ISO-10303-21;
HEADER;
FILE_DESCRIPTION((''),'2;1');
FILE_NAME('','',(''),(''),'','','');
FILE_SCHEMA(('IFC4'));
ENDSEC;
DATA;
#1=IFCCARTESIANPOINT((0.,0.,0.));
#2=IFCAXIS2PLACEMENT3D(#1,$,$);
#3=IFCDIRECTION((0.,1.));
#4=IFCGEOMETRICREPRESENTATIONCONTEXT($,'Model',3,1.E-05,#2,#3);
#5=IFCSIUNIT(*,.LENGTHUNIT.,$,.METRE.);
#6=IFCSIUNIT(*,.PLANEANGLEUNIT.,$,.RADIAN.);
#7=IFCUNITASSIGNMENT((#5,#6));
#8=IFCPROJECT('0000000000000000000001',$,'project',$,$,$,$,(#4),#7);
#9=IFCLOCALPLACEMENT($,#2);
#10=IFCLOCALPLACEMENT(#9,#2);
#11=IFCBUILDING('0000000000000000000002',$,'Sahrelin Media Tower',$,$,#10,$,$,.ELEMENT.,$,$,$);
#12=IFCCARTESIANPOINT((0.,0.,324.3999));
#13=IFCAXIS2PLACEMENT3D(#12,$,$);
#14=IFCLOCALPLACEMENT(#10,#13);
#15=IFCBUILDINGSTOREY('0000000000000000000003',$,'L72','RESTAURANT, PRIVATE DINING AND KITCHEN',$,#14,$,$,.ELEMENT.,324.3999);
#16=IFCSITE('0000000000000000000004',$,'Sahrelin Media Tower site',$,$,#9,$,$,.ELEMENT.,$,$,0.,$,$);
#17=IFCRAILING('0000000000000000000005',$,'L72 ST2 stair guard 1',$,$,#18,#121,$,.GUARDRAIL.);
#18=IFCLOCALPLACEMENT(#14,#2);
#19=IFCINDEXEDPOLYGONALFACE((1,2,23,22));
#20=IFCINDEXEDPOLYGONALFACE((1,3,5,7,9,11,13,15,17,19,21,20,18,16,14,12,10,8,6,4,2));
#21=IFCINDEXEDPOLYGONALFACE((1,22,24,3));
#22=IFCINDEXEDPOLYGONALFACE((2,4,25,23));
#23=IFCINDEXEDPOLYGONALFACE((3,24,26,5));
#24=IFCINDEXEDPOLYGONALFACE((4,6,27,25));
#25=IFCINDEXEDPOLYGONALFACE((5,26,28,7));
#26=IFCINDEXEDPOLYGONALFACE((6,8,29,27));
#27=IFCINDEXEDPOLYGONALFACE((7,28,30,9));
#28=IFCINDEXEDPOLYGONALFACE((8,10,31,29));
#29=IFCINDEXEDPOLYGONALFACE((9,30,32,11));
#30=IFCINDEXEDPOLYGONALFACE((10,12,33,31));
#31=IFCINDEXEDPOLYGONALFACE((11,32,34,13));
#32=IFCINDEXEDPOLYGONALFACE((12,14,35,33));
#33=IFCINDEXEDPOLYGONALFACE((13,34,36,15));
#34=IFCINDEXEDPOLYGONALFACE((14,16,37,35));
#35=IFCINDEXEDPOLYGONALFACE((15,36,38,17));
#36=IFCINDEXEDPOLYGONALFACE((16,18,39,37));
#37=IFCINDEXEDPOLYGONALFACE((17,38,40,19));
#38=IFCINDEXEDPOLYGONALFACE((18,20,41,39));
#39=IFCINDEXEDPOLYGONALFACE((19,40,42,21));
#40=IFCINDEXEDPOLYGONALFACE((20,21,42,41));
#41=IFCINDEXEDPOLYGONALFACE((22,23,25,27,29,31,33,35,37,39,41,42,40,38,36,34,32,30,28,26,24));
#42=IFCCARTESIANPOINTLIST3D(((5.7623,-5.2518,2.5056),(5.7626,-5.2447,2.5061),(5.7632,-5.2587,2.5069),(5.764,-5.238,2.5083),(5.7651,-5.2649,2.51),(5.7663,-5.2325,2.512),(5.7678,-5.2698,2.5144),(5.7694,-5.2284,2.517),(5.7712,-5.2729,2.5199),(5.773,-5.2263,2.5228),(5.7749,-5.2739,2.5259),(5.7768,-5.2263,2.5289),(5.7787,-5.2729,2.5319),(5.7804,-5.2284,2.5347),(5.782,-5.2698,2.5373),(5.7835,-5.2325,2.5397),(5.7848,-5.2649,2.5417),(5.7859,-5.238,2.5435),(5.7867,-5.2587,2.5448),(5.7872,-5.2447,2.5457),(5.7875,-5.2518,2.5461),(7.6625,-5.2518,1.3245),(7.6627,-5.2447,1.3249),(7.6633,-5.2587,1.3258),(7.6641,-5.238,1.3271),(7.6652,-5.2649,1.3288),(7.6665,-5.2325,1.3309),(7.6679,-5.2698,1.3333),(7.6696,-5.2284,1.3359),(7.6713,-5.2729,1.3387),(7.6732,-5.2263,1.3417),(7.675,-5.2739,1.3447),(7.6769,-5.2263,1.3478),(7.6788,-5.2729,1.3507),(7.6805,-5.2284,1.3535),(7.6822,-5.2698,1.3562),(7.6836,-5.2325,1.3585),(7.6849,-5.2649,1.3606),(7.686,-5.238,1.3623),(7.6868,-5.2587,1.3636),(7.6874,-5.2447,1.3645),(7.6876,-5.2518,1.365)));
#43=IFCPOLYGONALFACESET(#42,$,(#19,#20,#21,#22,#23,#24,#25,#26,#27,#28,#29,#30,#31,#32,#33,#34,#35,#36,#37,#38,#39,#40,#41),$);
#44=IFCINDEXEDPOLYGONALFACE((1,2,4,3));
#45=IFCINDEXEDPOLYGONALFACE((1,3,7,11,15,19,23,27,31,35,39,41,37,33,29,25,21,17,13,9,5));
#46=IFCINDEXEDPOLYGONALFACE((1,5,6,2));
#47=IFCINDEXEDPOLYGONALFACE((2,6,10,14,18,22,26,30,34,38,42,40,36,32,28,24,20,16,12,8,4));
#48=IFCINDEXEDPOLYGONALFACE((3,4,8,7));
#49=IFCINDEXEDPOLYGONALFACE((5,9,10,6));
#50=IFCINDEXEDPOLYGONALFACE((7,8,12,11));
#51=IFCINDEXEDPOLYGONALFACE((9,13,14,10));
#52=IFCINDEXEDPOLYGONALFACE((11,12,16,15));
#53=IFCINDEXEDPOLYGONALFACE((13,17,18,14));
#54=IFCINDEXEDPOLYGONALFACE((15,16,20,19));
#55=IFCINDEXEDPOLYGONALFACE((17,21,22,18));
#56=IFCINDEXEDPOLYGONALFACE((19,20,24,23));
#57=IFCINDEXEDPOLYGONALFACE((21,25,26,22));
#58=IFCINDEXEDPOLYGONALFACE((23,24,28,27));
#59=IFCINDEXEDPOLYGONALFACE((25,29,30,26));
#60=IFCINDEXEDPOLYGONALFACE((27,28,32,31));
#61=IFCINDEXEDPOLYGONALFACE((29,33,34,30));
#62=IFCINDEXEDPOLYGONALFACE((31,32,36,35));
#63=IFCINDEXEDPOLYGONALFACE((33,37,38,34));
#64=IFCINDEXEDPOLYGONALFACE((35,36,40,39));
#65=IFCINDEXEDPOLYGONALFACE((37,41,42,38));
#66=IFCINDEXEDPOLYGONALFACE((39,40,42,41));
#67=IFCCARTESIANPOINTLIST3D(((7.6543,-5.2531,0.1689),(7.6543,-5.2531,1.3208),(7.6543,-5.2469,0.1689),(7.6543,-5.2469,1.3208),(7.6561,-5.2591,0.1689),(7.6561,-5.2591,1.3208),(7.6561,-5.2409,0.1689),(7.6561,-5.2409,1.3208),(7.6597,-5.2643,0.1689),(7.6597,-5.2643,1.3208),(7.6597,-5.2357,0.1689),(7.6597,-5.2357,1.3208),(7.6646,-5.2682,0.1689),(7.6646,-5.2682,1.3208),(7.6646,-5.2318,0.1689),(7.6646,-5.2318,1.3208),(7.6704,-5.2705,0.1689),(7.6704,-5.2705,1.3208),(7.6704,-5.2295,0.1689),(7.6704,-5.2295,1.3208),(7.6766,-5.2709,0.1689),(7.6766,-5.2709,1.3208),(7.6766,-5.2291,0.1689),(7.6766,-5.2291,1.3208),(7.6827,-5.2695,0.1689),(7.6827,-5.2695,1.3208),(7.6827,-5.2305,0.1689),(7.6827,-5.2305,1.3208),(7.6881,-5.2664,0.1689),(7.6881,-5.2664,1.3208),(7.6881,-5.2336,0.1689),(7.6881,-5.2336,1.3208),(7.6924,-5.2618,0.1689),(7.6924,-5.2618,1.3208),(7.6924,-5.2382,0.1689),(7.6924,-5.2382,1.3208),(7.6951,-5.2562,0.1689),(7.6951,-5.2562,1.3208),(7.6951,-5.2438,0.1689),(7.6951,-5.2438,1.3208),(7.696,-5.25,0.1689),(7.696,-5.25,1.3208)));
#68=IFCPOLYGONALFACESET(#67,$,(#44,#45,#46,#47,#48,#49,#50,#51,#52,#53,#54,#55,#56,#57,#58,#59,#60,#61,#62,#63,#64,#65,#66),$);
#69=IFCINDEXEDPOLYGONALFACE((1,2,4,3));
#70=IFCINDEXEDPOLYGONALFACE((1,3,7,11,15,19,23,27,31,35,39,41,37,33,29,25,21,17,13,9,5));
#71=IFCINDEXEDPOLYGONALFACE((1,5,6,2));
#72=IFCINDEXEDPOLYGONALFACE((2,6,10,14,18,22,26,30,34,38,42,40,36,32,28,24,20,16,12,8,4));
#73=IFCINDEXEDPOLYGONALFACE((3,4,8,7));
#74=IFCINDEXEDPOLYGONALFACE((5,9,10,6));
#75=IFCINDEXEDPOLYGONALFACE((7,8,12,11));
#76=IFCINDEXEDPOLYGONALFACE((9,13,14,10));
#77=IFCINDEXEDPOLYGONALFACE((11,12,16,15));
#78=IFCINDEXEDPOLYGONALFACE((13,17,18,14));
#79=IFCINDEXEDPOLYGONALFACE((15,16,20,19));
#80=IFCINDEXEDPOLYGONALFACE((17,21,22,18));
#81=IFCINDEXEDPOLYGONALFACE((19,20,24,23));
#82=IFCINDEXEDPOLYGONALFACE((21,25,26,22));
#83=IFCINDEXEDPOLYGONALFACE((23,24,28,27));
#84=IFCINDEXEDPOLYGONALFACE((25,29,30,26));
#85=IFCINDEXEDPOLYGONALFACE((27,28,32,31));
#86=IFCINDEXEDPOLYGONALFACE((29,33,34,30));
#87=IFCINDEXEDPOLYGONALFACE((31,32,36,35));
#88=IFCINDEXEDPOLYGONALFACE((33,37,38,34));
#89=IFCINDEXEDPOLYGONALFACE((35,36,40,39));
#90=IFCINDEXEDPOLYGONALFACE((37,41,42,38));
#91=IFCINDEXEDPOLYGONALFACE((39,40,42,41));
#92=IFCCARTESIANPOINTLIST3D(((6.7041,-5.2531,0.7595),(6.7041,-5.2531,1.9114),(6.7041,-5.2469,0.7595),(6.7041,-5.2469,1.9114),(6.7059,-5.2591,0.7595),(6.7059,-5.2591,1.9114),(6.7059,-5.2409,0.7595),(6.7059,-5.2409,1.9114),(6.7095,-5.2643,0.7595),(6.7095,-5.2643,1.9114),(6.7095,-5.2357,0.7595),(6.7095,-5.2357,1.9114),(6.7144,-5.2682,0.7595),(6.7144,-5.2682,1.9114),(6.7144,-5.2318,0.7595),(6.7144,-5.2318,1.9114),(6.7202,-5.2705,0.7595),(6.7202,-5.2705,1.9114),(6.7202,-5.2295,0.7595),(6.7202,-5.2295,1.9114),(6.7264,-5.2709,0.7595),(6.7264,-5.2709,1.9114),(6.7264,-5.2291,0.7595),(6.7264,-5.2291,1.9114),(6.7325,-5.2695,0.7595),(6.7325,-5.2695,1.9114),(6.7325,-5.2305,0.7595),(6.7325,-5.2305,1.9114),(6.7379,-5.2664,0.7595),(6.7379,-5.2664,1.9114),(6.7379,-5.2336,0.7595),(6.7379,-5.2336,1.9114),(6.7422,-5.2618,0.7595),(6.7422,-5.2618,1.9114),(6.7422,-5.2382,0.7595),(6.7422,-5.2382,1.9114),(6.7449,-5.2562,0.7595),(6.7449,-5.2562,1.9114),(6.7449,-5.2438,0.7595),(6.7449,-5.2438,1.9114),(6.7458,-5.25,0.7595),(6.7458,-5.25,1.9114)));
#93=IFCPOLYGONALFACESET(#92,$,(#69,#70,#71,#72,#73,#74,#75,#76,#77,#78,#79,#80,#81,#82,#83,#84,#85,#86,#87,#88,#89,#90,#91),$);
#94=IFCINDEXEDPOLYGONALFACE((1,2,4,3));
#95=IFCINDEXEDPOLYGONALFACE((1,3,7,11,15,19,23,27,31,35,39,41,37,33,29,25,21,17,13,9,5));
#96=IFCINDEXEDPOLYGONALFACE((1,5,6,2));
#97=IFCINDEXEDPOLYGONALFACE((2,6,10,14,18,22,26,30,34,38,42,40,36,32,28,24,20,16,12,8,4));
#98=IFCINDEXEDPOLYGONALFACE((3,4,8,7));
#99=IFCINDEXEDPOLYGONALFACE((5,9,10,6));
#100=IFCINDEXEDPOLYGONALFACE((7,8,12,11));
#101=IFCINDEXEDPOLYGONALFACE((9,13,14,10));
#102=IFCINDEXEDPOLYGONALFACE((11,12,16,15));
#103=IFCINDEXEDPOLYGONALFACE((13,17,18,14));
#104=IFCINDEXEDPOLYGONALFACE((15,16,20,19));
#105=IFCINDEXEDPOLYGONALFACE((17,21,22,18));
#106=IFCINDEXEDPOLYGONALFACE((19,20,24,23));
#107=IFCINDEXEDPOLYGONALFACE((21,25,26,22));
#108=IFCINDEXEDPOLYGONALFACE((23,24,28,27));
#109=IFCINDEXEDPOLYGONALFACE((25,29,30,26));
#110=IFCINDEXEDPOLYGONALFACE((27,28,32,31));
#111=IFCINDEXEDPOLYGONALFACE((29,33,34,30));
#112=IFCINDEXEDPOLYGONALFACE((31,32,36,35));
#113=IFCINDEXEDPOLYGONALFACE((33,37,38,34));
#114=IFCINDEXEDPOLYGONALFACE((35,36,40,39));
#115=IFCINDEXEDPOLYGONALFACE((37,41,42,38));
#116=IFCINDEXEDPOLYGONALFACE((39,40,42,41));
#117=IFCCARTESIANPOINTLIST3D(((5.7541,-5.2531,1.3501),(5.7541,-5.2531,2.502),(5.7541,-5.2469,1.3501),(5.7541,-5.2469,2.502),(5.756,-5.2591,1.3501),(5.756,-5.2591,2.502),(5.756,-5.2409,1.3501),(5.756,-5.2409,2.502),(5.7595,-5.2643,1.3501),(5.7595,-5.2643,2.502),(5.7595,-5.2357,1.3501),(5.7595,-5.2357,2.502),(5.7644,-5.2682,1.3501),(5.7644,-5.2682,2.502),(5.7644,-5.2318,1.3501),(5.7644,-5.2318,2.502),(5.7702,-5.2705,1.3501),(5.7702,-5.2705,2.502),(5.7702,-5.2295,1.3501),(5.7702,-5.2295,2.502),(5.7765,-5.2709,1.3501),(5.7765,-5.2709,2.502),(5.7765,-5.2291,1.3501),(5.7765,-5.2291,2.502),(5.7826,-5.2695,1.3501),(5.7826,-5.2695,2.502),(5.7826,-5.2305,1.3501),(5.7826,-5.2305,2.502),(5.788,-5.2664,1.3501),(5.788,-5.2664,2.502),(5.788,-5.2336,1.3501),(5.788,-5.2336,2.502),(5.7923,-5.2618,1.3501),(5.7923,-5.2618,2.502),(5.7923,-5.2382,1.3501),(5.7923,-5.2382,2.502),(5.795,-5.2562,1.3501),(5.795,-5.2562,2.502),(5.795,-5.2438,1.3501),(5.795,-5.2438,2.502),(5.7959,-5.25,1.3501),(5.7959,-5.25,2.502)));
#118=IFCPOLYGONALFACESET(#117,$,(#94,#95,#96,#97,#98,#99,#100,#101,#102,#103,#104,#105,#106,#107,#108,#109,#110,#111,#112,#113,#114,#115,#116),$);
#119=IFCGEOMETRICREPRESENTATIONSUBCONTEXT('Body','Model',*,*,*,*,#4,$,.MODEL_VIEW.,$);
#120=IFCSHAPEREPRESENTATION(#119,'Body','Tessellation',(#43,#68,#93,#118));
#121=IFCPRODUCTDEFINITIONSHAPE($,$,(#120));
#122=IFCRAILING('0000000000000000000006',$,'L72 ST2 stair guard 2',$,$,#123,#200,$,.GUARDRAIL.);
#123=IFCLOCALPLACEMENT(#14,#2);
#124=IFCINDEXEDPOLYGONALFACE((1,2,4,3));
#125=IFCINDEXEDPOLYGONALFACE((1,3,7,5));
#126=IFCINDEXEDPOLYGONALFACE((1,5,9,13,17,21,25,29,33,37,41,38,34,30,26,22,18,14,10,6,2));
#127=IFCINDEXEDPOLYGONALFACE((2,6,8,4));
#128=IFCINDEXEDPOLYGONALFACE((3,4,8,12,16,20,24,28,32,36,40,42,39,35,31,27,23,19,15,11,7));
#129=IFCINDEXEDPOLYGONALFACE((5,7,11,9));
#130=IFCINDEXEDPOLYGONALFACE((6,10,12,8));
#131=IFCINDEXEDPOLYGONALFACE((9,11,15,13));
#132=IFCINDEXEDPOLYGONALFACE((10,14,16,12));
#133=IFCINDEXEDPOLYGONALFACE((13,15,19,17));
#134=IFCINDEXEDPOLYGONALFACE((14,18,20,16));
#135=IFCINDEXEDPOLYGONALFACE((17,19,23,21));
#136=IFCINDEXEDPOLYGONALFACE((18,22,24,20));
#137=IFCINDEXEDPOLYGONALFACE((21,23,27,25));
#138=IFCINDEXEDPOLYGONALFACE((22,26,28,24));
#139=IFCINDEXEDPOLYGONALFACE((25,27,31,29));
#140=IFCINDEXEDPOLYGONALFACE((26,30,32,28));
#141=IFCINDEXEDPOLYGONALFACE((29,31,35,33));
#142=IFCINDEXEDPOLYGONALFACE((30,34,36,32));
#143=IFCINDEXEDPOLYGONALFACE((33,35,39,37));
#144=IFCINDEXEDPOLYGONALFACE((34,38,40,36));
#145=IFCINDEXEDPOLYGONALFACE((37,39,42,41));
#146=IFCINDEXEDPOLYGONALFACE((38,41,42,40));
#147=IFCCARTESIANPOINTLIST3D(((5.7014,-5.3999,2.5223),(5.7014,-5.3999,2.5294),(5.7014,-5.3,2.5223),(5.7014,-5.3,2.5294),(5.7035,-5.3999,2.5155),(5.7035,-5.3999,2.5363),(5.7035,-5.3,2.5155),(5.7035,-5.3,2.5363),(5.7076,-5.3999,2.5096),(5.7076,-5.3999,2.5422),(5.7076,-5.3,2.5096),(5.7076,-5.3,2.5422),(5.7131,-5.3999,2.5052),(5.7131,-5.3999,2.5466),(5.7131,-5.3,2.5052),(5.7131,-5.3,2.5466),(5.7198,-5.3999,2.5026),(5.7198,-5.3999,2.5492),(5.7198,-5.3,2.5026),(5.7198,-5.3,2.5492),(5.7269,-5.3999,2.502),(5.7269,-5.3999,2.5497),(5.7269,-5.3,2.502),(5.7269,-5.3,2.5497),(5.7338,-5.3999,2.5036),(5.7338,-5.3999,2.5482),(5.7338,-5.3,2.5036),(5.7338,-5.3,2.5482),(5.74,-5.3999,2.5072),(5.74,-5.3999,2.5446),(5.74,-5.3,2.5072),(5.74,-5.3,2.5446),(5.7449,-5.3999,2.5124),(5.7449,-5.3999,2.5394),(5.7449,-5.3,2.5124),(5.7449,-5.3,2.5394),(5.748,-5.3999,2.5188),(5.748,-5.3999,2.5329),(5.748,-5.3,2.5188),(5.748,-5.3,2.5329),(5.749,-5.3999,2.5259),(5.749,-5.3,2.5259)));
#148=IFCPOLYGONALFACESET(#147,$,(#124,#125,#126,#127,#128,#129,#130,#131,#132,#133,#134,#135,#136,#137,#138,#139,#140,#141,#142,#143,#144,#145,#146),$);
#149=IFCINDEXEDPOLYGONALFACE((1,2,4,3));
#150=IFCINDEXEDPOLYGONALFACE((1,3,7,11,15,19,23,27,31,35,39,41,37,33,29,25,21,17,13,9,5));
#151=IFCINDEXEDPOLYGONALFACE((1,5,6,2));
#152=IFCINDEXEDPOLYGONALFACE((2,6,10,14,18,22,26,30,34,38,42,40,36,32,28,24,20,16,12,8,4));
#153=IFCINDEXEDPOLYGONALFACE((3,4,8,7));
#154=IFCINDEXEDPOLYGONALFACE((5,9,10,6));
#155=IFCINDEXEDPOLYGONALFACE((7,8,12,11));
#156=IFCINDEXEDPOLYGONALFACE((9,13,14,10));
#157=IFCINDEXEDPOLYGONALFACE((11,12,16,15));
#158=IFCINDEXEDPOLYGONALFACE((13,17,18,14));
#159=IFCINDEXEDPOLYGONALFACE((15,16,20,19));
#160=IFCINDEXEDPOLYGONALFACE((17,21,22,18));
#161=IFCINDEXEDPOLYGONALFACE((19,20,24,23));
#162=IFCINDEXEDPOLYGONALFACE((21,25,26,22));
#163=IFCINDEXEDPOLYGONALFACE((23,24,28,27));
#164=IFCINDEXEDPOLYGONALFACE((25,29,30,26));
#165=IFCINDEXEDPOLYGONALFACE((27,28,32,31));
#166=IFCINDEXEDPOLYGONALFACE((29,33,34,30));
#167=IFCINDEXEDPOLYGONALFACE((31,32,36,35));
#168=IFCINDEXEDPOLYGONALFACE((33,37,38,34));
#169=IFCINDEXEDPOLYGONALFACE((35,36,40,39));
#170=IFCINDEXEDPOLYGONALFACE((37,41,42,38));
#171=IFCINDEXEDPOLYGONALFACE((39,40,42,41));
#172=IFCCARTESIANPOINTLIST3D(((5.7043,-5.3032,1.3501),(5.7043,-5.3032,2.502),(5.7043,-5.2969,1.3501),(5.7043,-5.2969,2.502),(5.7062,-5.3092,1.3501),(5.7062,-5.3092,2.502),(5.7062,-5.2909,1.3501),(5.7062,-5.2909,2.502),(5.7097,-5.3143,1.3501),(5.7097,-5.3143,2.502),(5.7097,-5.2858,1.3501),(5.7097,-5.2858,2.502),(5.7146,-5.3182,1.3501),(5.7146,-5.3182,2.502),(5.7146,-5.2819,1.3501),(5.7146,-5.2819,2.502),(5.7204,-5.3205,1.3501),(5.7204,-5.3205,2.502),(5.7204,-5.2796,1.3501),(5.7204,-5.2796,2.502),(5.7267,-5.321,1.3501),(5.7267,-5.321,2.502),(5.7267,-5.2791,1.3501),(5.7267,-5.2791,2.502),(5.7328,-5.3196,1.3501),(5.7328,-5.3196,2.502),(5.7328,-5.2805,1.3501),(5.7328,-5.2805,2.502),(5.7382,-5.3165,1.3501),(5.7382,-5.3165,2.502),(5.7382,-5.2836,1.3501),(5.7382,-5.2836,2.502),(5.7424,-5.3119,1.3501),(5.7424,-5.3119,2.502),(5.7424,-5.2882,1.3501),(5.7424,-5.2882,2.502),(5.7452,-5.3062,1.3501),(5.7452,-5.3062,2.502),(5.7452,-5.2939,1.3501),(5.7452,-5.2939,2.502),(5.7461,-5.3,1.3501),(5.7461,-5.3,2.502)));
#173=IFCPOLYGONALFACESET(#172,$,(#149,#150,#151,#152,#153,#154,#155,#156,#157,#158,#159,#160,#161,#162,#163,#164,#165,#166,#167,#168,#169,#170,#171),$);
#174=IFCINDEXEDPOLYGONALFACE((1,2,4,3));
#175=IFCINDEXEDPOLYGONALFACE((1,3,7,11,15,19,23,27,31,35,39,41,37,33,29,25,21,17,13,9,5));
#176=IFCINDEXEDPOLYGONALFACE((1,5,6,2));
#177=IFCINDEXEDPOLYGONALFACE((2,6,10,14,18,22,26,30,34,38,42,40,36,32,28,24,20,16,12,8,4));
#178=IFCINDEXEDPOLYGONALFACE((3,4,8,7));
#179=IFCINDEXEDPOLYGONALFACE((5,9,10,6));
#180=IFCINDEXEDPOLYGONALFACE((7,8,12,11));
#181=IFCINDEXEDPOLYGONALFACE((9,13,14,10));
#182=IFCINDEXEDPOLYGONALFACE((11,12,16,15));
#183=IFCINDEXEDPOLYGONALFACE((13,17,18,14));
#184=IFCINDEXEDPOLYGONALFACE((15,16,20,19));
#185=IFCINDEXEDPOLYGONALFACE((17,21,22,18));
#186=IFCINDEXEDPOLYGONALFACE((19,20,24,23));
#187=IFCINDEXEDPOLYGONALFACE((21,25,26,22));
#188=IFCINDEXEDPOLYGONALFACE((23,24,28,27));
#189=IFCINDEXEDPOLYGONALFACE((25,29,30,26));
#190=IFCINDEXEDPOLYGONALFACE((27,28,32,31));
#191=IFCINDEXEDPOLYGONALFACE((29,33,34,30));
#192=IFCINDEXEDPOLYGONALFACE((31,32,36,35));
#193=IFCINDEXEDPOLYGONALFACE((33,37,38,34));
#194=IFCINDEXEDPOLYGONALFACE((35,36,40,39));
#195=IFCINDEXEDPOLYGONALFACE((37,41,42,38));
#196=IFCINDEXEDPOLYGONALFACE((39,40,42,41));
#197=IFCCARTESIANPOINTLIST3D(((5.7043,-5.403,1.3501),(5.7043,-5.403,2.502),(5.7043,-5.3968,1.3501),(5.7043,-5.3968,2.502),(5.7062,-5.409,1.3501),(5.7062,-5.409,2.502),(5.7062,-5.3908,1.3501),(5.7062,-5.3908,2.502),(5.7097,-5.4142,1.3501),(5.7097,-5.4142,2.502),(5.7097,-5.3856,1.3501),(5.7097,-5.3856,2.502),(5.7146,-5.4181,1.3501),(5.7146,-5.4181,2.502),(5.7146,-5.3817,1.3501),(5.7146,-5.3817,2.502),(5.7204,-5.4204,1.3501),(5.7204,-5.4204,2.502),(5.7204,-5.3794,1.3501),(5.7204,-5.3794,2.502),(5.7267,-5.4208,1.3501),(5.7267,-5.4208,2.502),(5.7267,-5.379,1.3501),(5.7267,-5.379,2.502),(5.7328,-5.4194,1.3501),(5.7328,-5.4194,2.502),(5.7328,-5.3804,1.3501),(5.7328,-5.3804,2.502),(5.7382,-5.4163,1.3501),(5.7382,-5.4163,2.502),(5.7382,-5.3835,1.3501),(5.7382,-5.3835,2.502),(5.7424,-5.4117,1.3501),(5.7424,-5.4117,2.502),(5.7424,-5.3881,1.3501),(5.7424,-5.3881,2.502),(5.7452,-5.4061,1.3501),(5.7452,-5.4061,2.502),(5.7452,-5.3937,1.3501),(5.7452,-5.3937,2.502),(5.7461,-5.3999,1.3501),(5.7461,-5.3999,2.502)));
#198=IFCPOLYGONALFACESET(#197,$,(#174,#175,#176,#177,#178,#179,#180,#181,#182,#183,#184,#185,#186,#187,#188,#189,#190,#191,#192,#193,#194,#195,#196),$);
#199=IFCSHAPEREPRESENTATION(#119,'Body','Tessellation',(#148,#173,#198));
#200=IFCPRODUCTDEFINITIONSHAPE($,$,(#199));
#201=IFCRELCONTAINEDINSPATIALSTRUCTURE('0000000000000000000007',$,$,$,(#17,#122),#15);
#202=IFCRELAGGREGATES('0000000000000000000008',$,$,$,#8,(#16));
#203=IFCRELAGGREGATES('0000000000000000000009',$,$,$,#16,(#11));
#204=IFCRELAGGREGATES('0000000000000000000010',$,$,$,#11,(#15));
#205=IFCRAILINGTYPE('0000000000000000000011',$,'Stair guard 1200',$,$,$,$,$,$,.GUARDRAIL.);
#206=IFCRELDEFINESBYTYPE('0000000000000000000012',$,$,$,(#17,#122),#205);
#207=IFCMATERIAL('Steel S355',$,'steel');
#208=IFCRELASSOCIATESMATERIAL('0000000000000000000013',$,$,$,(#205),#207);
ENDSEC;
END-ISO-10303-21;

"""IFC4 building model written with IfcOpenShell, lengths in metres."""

from ifc_helpers import new_model, si_unit, direction, frame, origin, origin_2d, place, context, subcontext, project, spatial, circle, extrude, material, type_object, element, save


model = new_model("IFC4")

# Units and contexts
model_context = context("Model", 3, precision=1e-05, world=origin(), true_north=direction((0.0, 1.0)))
body_context = subcontext(model_context, "Body", "Model", "MODEL_VIEW")
ifc_project = project(units=[si_unit("LENGTHUNIT", "METRE"), si_unit("PLANEANGLEUNIT", "RADIAN")], contexts=[model_context])

# Site, building, storey
site_placement = place(None, origin())
site = spatial("IfcSite", under=ifc_project, at=site_placement, Name="Sahrelin Media Tower site", CompositionType="ELEMENT", RefElevation=0.0)
building_placement = place(site_placement, origin())
building = spatial("IfcBuilding", under=site, at=building_placement, Name="Sahrelin Media Tower", CompositionType="ELEMENT")
storey_placement = place(building_placement, frame((0.0, 0.0, 324.3999)))
storey = spatial("IfcBuildingStorey", under=building, at=storey_placement, Name="L72", Description="RESTAURANT, PRIVATE DINING AND KITCHEN", CompositionType="ELEMENT", Elevation=324.3999)

# Railings
ifc_material_1 = material(Name="Steel S355", Category="steel")
railing_type_1 = type_object("IfcRailingType", Name="Stair guard 1200", PredefinedType="GUARDRAIL", material=ifc_material_1)
railing_1_placement = place(storey_placement, frame((7.675, -5.25, 0.1689)))
element("IfcRailing", 1, at=railing_1_placement, inside=storey, type_object=railing_type_1, Name="L72 ST2 stair guard 1", PredefinedType="GUARDRAIL", context=body_context, shape_type="SweptSolid", body=[
    extrude(circle(Radius=0.0239, at=origin_2d()), frame((0.0, 0.0, 1.1758), z_axis=(-0.849289, 0.0, 0.527928), x_axis=(0.0, -1.0, 0.0)), (0.0, 0.0, 1.0), 2.2373),
    extrude(circle(Radius=0.021, at=origin_2d()), origin(), (0.0, 0.0, 1.0), 1.1519),
    extrude(circle(Radius=0.021, at=origin_2d()), frame((-0.9502, 0.0, 0.5906)), (0.0, 0.0, 1.0), 1.1519),
    extrude(circle(Radius=0.021, at=origin_2d()), frame((-1.9001, 0.0, 1.1812)), (0.0, 0.0, 1.0), 1.1519),
])
railing_2_placement = place(storey_placement, frame((5.7251, -5.3, 1.3501)))
element("IfcRailing", 2, at=railing_2_placement, inside=storey, type_object=railing_type_1, Name="L72 ST2 stair guard 2", PredefinedType="GUARDRAIL", context=body_context, shape_type="SweptSolid", body=[
    extrude(circle(Radius=0.0239, at=origin_2d()), frame((0.0, 0.0, 1.1758), z_axis=(0.0, -1.0, 0.0), x_axis=(1.0, 0.0, 0.0)), (0.0, 0.0, 1.0), 0.0999),
    extrude(circle(Radius=0.021, at=origin_2d()), origin(), (0.0, 0.0, 1.0), 1.1519),
    extrude(circle(Radius=0.021, at=origin_2d()), frame((0.0, -0.0999, 0.0)), (0.0, 0.0, 1.0), 1.1519),
])

save(model, "model.ifc")
